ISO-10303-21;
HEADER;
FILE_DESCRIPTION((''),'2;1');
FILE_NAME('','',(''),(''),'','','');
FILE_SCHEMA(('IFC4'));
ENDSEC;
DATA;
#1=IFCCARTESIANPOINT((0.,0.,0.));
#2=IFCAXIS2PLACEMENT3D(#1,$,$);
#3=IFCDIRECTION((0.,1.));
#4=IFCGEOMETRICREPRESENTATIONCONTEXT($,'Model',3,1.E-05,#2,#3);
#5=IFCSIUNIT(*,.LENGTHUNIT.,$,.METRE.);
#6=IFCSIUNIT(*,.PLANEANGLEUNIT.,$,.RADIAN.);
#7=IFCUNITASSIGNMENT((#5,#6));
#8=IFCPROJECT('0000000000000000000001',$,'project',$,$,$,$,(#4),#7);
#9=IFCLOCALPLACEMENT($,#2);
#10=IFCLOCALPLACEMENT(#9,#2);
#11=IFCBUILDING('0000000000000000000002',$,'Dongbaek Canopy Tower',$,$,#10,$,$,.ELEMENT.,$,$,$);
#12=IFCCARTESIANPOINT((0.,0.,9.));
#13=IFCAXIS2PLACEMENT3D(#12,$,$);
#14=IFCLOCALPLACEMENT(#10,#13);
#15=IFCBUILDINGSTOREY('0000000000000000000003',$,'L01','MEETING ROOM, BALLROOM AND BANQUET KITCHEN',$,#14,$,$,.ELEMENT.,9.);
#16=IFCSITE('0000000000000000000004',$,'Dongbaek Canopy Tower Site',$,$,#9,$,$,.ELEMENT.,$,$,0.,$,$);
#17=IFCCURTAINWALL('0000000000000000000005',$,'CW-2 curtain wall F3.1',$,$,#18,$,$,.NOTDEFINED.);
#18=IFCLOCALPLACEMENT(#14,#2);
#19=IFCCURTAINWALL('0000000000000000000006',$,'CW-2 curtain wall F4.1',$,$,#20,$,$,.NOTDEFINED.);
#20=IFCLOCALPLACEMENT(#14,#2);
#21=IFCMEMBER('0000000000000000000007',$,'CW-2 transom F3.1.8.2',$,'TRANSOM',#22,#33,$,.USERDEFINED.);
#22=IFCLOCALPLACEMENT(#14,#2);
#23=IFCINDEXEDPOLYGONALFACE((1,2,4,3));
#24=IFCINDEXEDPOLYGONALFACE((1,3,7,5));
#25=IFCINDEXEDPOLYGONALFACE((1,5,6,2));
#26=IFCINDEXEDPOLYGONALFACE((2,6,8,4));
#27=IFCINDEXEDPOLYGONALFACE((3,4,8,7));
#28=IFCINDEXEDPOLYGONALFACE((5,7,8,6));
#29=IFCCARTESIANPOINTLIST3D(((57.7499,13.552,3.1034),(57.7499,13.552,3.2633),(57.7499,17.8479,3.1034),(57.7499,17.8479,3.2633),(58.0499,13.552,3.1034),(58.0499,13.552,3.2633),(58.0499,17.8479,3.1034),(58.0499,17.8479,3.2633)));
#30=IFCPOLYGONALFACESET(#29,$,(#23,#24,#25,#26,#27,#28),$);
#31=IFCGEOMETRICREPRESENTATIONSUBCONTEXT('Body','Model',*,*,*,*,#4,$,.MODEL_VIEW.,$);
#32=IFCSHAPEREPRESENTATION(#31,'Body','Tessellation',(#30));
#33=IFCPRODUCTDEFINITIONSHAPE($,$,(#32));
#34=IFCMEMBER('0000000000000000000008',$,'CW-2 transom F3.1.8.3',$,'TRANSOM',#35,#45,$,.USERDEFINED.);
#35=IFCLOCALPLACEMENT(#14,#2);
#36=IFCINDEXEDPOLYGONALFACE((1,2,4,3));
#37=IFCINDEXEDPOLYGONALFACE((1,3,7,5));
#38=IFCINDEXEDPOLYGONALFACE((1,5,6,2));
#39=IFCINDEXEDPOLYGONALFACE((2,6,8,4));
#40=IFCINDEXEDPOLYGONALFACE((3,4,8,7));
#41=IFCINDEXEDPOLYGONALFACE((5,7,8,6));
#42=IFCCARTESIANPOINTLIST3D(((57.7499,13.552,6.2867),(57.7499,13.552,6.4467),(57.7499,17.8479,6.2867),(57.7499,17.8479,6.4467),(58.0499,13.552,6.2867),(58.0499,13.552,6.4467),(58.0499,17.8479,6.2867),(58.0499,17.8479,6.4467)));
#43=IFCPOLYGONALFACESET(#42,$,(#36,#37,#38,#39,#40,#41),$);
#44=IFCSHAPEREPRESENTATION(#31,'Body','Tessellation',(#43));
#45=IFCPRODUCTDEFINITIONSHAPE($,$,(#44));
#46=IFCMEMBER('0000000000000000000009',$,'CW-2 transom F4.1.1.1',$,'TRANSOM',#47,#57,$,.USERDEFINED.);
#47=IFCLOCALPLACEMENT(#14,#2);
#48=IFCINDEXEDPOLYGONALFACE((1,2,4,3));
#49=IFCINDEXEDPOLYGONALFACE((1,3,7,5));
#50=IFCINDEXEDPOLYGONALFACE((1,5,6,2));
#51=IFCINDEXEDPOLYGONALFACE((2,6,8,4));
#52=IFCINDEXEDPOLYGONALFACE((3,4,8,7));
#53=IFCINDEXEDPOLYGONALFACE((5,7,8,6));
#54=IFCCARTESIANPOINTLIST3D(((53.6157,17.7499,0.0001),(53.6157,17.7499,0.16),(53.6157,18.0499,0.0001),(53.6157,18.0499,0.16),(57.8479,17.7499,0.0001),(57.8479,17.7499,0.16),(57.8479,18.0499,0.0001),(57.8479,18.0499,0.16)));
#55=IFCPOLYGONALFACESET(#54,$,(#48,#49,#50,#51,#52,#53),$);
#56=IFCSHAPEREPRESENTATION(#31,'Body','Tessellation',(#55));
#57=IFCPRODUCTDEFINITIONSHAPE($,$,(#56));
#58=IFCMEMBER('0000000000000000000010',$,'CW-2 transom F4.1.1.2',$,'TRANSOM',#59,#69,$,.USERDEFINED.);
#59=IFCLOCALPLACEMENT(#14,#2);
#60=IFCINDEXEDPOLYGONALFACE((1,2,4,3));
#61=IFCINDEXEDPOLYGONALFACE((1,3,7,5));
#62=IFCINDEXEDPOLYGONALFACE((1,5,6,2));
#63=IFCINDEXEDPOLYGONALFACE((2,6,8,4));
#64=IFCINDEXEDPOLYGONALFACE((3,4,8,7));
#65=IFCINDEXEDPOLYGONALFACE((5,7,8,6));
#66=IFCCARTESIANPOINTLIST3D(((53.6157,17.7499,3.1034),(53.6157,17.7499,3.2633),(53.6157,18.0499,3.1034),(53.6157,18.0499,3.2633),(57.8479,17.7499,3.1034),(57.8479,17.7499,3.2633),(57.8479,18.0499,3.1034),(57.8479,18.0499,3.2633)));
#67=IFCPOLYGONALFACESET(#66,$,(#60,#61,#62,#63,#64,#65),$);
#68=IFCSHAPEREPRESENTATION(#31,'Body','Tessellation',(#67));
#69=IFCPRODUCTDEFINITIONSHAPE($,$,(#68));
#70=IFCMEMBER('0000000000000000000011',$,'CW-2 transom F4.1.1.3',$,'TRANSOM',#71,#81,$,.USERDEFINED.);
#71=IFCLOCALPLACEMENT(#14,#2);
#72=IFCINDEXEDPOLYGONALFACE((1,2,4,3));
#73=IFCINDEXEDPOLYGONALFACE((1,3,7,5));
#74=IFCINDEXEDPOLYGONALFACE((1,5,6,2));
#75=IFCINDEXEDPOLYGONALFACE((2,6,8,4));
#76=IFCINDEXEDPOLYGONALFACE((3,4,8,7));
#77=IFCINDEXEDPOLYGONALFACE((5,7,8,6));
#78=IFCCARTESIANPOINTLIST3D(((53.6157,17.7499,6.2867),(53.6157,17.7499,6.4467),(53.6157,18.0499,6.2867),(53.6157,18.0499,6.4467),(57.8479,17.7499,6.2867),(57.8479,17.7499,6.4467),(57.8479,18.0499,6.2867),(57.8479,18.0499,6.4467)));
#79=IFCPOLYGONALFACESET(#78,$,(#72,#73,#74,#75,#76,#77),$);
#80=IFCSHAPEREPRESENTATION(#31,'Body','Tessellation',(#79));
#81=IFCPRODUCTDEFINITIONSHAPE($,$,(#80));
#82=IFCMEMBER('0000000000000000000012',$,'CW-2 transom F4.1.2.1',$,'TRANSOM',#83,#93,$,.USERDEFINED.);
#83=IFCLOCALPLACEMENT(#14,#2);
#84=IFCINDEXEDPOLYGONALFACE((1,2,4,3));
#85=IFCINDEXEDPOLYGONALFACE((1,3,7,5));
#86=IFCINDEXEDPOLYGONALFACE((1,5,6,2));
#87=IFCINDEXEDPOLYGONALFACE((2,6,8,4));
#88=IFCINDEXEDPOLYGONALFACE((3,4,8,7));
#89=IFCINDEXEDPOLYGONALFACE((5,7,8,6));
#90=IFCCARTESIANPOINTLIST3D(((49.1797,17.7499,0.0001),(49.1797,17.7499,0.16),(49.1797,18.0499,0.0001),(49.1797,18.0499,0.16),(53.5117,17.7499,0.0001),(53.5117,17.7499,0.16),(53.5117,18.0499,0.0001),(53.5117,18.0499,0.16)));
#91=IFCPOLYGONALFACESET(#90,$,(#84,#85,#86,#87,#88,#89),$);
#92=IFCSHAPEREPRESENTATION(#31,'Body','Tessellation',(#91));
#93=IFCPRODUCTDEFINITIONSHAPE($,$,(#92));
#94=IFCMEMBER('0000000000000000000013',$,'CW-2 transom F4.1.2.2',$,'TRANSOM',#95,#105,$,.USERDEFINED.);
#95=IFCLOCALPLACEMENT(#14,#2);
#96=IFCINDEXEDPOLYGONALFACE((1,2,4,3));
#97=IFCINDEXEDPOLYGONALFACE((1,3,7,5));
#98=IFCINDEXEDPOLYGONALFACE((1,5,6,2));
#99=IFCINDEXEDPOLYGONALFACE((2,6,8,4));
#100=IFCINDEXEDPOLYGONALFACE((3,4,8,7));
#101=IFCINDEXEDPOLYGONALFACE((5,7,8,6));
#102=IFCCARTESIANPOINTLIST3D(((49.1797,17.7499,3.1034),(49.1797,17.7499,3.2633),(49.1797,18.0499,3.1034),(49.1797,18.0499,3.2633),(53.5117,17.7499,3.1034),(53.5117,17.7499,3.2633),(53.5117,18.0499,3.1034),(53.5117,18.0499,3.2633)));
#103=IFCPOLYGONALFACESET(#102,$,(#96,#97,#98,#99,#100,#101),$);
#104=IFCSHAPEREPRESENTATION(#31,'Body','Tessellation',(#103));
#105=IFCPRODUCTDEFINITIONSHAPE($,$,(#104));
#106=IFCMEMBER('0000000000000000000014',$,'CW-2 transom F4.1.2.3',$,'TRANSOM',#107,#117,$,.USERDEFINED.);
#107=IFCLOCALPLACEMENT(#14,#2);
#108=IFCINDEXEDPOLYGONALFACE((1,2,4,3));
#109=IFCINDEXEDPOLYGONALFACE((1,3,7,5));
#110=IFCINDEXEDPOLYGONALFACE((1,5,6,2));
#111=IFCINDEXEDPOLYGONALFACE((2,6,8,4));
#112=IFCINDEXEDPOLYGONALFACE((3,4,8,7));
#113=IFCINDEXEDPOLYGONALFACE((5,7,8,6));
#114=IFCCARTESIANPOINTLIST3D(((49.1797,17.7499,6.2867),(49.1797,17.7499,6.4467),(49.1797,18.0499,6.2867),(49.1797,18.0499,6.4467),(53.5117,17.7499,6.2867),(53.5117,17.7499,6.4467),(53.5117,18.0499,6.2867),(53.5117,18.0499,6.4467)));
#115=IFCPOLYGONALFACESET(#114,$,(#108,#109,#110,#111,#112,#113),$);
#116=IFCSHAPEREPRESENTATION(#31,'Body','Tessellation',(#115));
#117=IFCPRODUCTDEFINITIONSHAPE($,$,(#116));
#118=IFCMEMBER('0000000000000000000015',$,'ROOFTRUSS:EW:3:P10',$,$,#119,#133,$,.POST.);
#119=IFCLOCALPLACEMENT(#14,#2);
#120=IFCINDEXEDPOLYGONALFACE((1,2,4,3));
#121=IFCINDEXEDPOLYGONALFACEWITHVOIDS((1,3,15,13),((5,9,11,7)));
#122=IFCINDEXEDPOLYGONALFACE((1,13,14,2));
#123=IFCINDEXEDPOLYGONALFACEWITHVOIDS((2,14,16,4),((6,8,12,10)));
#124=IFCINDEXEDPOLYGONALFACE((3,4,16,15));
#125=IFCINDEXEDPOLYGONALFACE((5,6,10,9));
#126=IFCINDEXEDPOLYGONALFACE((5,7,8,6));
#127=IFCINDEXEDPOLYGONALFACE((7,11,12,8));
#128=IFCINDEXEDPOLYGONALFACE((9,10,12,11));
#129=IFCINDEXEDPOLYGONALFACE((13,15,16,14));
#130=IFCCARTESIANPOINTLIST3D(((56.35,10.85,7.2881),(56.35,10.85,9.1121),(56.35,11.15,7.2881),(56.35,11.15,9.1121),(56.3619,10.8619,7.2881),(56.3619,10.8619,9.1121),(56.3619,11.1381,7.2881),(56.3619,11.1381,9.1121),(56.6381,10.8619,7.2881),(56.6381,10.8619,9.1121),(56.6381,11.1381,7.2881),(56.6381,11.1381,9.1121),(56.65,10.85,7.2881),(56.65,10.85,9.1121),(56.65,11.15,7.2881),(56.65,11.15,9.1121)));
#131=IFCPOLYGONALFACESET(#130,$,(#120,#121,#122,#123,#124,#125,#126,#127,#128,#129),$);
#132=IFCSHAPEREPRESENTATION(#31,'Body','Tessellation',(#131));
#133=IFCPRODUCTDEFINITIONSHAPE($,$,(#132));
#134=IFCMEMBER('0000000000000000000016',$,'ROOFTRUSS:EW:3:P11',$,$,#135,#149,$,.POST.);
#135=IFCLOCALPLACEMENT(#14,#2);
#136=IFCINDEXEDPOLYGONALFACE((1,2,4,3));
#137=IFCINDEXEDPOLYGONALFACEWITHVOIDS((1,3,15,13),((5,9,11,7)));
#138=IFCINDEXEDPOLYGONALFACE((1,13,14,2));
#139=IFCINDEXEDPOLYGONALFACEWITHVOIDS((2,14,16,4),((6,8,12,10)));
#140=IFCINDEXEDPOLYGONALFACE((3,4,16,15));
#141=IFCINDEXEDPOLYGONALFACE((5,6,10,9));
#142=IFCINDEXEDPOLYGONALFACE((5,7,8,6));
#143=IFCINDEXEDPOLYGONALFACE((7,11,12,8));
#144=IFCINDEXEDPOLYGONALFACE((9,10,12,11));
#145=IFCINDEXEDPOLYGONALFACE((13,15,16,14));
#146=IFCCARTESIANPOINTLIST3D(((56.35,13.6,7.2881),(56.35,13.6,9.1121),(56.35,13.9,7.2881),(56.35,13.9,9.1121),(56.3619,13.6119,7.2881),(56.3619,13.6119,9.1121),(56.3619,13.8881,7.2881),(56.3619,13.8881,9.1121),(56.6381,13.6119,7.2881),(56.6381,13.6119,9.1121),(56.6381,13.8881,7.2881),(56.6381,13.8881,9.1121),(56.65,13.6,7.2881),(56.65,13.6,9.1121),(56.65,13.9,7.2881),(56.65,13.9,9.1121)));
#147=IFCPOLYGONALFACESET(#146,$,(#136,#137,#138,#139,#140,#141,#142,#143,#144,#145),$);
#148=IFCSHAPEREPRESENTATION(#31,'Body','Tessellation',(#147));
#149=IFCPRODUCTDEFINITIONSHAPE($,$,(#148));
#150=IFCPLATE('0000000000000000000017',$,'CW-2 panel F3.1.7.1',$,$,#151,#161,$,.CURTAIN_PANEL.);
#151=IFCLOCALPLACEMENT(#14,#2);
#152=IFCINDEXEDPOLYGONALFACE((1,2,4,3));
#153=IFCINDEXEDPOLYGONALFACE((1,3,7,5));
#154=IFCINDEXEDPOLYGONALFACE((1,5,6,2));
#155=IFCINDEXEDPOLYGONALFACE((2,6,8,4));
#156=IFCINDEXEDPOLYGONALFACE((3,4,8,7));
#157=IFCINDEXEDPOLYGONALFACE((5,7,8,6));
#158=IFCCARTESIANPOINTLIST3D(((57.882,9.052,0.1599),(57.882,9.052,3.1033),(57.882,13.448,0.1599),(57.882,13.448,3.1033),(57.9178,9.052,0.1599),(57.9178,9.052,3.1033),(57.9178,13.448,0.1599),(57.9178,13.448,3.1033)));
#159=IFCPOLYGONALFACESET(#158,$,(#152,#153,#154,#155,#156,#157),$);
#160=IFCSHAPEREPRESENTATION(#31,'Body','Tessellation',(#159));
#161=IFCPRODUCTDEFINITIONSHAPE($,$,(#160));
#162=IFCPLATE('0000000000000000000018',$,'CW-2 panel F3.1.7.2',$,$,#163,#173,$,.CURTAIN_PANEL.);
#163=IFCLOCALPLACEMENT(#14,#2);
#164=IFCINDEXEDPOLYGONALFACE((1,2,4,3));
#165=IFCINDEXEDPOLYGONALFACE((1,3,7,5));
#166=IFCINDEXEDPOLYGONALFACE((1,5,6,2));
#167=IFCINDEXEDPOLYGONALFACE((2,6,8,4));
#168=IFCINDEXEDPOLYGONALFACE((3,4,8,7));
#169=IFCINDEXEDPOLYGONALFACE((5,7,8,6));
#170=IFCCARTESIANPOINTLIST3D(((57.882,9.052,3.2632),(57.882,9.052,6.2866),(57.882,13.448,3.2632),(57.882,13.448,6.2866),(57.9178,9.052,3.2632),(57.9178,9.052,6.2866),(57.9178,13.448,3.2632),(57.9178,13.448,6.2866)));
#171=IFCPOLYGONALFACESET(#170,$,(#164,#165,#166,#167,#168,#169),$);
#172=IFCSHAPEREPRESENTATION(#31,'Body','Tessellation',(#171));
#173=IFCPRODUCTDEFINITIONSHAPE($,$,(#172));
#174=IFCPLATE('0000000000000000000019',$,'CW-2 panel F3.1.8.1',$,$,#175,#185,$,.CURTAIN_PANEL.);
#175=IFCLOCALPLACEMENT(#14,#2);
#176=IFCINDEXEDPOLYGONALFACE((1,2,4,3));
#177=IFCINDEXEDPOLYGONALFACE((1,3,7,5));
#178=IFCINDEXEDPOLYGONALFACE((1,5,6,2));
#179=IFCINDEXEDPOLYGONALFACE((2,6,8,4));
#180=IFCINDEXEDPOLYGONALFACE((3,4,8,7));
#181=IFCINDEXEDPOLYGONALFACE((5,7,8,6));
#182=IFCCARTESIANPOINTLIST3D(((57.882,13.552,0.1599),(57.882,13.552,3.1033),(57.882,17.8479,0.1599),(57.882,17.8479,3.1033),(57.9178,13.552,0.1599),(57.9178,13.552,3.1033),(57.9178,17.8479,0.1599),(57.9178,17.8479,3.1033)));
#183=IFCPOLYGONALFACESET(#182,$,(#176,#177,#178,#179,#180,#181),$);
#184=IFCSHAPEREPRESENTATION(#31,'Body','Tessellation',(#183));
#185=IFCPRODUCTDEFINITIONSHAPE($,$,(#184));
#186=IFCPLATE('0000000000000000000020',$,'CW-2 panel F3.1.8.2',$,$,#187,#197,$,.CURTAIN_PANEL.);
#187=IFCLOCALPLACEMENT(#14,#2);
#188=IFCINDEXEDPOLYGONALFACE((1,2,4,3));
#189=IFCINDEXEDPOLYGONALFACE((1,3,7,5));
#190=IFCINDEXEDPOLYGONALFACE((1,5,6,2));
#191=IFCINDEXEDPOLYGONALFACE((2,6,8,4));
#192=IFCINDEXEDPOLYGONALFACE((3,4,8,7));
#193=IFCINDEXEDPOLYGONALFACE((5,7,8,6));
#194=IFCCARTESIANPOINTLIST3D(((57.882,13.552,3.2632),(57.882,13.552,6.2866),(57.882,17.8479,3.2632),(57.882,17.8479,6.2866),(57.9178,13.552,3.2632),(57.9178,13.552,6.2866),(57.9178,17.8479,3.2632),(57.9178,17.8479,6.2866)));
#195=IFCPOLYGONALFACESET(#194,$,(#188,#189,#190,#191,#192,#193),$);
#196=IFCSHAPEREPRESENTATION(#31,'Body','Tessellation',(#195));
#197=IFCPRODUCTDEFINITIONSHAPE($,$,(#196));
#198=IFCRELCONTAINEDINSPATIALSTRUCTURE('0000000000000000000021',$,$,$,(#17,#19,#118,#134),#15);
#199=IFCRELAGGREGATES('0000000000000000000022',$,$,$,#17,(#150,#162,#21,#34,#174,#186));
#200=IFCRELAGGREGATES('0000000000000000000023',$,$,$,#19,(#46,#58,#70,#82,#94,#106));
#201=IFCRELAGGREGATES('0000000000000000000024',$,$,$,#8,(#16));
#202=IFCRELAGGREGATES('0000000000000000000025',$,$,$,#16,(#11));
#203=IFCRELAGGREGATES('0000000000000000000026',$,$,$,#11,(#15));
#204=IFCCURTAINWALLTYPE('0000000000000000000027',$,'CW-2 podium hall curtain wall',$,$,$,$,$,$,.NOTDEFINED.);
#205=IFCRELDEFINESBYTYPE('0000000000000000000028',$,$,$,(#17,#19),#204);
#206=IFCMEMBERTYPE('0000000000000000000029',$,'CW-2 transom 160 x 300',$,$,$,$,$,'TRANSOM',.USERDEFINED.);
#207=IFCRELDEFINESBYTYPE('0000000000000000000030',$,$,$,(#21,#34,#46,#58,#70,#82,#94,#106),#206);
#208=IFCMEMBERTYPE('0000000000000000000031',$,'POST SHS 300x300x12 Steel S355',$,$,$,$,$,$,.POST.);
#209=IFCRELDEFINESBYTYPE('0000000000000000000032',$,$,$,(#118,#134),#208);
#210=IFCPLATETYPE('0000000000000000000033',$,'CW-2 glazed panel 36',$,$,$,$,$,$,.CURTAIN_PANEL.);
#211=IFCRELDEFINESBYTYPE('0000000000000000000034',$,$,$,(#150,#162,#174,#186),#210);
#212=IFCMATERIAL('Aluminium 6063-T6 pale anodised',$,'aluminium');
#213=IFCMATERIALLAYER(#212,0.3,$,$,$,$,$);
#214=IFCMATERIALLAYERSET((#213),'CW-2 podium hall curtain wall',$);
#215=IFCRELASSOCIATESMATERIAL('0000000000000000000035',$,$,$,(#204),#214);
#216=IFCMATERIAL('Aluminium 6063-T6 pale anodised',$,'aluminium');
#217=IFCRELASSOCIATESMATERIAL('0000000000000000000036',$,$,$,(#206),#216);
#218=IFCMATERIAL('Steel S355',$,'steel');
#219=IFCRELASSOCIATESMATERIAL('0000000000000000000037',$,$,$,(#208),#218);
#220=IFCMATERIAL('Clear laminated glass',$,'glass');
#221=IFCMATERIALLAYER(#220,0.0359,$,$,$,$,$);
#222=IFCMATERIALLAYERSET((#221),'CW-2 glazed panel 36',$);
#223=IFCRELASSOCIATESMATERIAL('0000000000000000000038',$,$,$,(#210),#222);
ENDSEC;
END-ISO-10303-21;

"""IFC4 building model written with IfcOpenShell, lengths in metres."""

from ifc_helpers import new_model, si_unit, direction, frame, origin, origin_2d, place, context, subcontext, project, spatial, rectangle, hollow_rectangle, extrude, material, layer, layer_set, material_profile, profile_set, type_object, element, aggregate, save


model = new_model("IFC4")

# Units and contexts
model_context = context("Model", 3, precision=1e-05, world=origin(), true_north=direction((0.0, 1.0)))
body_context = subcontext(model_context, "Body", "Model", "MODEL_VIEW")
ifc_project = project(units=[si_unit("LENGTHUNIT", "METRE"), si_unit("PLANEANGLEUNIT", "RADIAN")], contexts=[model_context])

# Site, building, storey
site_placement = place(None, origin())
site = spatial("IfcSite", under=ifc_project, at=site_placement, Name="Dongbaek Canopy Tower Site", CompositionType="ELEMENT", RefElevation=0.0)
building_placement = place(site_placement, origin())
building = spatial("IfcBuilding", under=site, at=building_placement, Name="Dongbaek Canopy Tower", CompositionType="ELEMENT")
storey_placement = place(building_placement, frame((0.0, 0.0, 9.0)))
storey = spatial("IfcBuildingStorey", under=building, at=storey_placement, Name="L01", Description="MEETING ROOM, BALLROOM AND BANQUET KITCHEN", CompositionType="ELEMENT", Elevation=9.0)

# Curtain wall
ifc_material_1 = material(Name="Aluminium 6063-T6 pale anodised", Category="aluminium")
ifc_layer_1 = layer(ifc_material_1, 0.3)
ifc_layer_set_1 = layer_set([ifc_layer_1], Name="CW-2 podium hall curtain wall")
curtain_wall_type = type_object("IfcCurtainWallType", Name="CW-2 podium hall curtain wall", PredefinedType="NOTDEFINED", material=ifc_layer_set_1)
curtain_wall_1_placement = place(storey_placement, origin())
curtain_wall_1 = element("IfcCurtainWall", 1, at=curtain_wall_1_placement, inside=storey, type_object=curtain_wall_type, Name="CW-2 curtain wall F3.1", PredefinedType="NOTDEFINED")

# Curtain wall
curtain_wall_2_placement = place(storey_placement, origin())
curtain_wall_2 = element("IfcCurtainWall", 2, at=curtain_wall_2_placement, inside=storey, type_object=curtain_wall_type, Name="CW-2 curtain wall F4.1", PredefinedType="NOTDEFINED")

# Members
ifc_material_2 = material(Name="Aluminium 6063-T6 pale anodised", Category="aluminium")
ifc_material_profile_1 = material_profile(ifc_material_2, rectangle(XDim=0.3, YDim=0.1599, at=origin_2d()), Name="CW-2 transom 160 x 300")
ifc_profile_set_1 = profile_set([ifc_material_profile_1], Name="Aluminium 6063-T6 pale anodised")
member_type_1 = type_object("IfcMemberType", Name="CW-2 transom 160 x 300", ElementType="TRANSOM", PredefinedType="USERDEFINED", material=ifc_profile_set_1)
member_1_placement = place(storey_placement, frame((57.8999, 13.552, 3.1833), z_axis=(0.0, 1.0, 0.0), x_axis=(-1.0, 0.0, 0.0)))
member_1 = element("IfcMember", 3, at=member_1_placement, type_object=member_type_1, Name="CW-2 transom F3.1.8.2", ObjectType="TRANSOM", PredefinedType="USERDEFINED", context=body_context, shape_type="SweptSolid", body=[
    extrude(rectangle(XDim=0.3, YDim=0.1599, at=origin_2d()), origin(), (0.0, 0.0, 1.0), 4.2959),
])
member_2_placement = place(storey_placement, frame((57.8999, 13.552, 6.3667), z_axis=(0.0, 1.0, 0.0), x_axis=(-1.0, 0.0, 0.0)))
member_2 = element("IfcMember", 4, at=member_2_placement, type_object=member_type_1, Name="CW-2 transom F3.1.8.3", ObjectType="TRANSOM", PredefinedType="USERDEFINED", context=body_context, shape_type="SweptSolid", body=[
    extrude(rectangle(XDim=0.3, YDim=0.1599, at=origin_2d()), origin(), (0.0, 0.0, 1.0), 4.2959),
])
member_3_placement = place(storey_placement, frame((57.8479, 17.8999, 0.0801), z_axis=(-1.0, 0.0, 0.0), x_axis=(0.0, -1.0, 0.0)))
member_3 = element("IfcMember", 5, at=member_3_placement, type_object=member_type_1, Name="CW-2 transom F4.1.1.1", ObjectType="TRANSOM", PredefinedType="USERDEFINED", context=body_context, shape_type="SweptSolid", body=[
    extrude(rectangle(XDim=0.3, YDim=0.1599, at=origin_2d()), origin(), (0.0, 0.0, 1.0), 4.2322),
])
member_4_placement = place(storey_placement, frame((57.8479, 17.8999, 3.1833), z_axis=(-1.0, 0.0, 0.0), x_axis=(0.0, -1.0, 0.0)))
member_4 = element("IfcMember", 6, at=member_4_placement, type_object=member_type_1, Name="CW-2 transom F4.1.1.2", ObjectType="TRANSOM", PredefinedType="USERDEFINED", context=body_context, shape_type="SweptSolid", body=[
    extrude(rectangle(XDim=0.3, YDim=0.1599, at=origin_2d()), origin(), (0.0, 0.0, 1.0), 4.2322),
])
member_5_placement = place(storey_placement, frame((57.8479, 17.8999, 6.3667), z_axis=(-1.0, 0.0, 0.0), x_axis=(0.0, -1.0, 0.0)))
member_5 = element("IfcMember", 7, at=member_5_placement, type_object=member_type_1, Name="CW-2 transom F4.1.1.3", ObjectType="TRANSOM", PredefinedType="USERDEFINED", context=body_context, shape_type="SweptSolid", body=[
    extrude(rectangle(XDim=0.3, YDim=0.1599, at=origin_2d()), origin(), (0.0, 0.0, 1.0), 4.2322),
])
member_6_placement = place(storey_placement, frame((53.5117, 17.8999, 0.0801), z_axis=(-1.0, 0.0, 0.0), x_axis=(0.0, -1.0, 0.0)))
member_6 = element("IfcMember", 8, at=member_6_placement, type_object=member_type_1, Name="CW-2 transom F4.1.2.1", ObjectType="TRANSOM", PredefinedType="USERDEFINED", context=body_context, shape_type="SweptSolid", body=[
    extrude(rectangle(XDim=0.3, YDim=0.1599, at=origin_2d()), origin(), (0.0, 0.0, 1.0), 4.332),
])
member_7_placement = place(storey_placement, frame((53.5117, 17.8999, 3.1833), z_axis=(-1.0, 0.0, 0.0), x_axis=(0.0, -1.0, 0.0)))
member_7 = element("IfcMember", 9, at=member_7_placement, type_object=member_type_1, Name="CW-2 transom F4.1.2.2", ObjectType="TRANSOM", PredefinedType="USERDEFINED", context=body_context, shape_type="SweptSolid", body=[
    extrude(rectangle(XDim=0.3, YDim=0.1599, at=origin_2d()), origin(), (0.0, 0.0, 1.0), 4.332),
])
member_8_placement = place(storey_placement, frame((53.5117, 17.8999, 6.3667), z_axis=(-1.0, 0.0, 0.0), x_axis=(0.0, -1.0, 0.0)))
member_8 = element("IfcMember", 10, at=member_8_placement, type_object=member_type_1, Name="CW-2 transom F4.1.2.3", ObjectType="TRANSOM", PredefinedType="USERDEFINED", context=body_context, shape_type="SweptSolid", body=[
    extrude(rectangle(XDim=0.3, YDim=0.1599, at=origin_2d()), origin(), (0.0, 0.0, 1.0), 4.332),
])

# Members
ifc_material_3 = material(Name="Steel S355", Category="steel")
ifc_material_profile_2 = material_profile(ifc_material_3, hollow_rectangle(XDim=0.3, YDim=0.3, WallThickness=0.012, at=origin_2d()), Name="POST SHS 300x300x12 Steel S355")
ifc_profile_set_2 = profile_set([ifc_material_profile_2], Name="Steel S355")
member_type_2 = type_object("IfcMemberType", Name="POST SHS 300x300x12 Steel S355", PredefinedType="POST", material=ifc_profile_set_2)
for number, where, z_axis, x_axis, name in (
    (11, (56.5, 11.0, 7.2881), (0.0, 0.0, 1.0), (1.0, 0.0, 0.0), "ROOFTRUSS:EW:3:P10"),
    (12, (56.5, 13.75, 7.2881), (0.0, 0.0, 1.0), (1.0, 0.0, 0.0), "ROOFTRUSS:EW:3:P11"),
):
    element("IfcMember", number, at=place(storey_placement, frame(where, z_axis=z_axis, x_axis=x_axis)), inside=storey, type_object=member_type_2, Name=name, PredefinedType="POST", context=body_context, shape_type="SweptSolid", body=[
        extrude(hollow_rectangle(XDim=0.3, YDim=0.3, WallThickness=0.012, at=origin_2d()), origin(), (0.0, 0.0, 1.0), 1.824),
    ])

# Plates
ifc_material_4 = material(Name="Clear laminated glass", Category="glass")
ifc_layer_2 = layer(ifc_material_4, 0.0359)
ifc_layer_set_2 = layer_set([ifc_layer_2], Name="CW-2 glazed panel 36")
plate_type_1 = type_object("IfcPlateType", Name="CW-2 glazed panel 36", PredefinedType="CURTAIN_PANEL", material=ifc_layer_set_2)
plate_1_placement = place(storey_placement, frame((57.8999, 11.25, 0.1599), z_axis=(0.0, 0.0, 1.0), x_axis=(0.0, 1.0, 0.0)))
plate_1 = element("IfcPlate", 13, at=plate_1_placement, type_object=plate_type_1, Name="CW-2 panel F3.1.7.1", PredefinedType="CURTAIN_PANEL", context=body_context, shape_type="SweptSolid", body=[
    extrude(rectangle(XDim=4.396, YDim=0.0359, at=origin_2d()), origin(), (0.0, 0.0, 1.0), 2.9434),
])
plate_2_placement = place(storey_placement, frame((57.8999, 11.25, 3.2632), z_axis=(0.0, 0.0, 1.0), x_axis=(0.0, 1.0, 0.0)))
plate_2 = element("IfcPlate", 14, at=plate_2_placement, type_object=plate_type_1, Name="CW-2 panel F3.1.7.2", PredefinedType="CURTAIN_PANEL", context=body_context, shape_type="SweptSolid", body=[
    extrude(rectangle(XDim=4.396, YDim=0.0359, at=origin_2d()), origin(), (0.0, 0.0, 1.0), 3.0234),
])
plate_3_placement = place(storey_placement, frame((57.8999, 15.7, 0.1599), z_axis=(0.0, 0.0, 1.0), x_axis=(0.0, 1.0, 0.0)))
plate_3 = element("IfcPlate", 15, at=plate_3_placement, type_object=plate_type_1, Name="CW-2 panel F3.1.8.1", PredefinedType="CURTAIN_PANEL", context=body_context, shape_type="SweptSolid", body=[
    extrude(rectangle(XDim=4.2959, YDim=0.0359, at=origin_2d()), origin(), (0.0, 0.0, 1.0), 2.9434),
])
plate_4_placement = place(storey_placement, frame((57.8999, 15.7, 3.2632), z_axis=(0.0, 0.0, 1.0), x_axis=(0.0, 1.0, 0.0)))
plate_4 = element("IfcPlate", 16, at=plate_4_placement, type_object=plate_type_1, Name="CW-2 panel F3.1.8.2", PredefinedType="CURTAIN_PANEL", context=body_context, shape_type="SweptSolid", body=[
    extrude(rectangle(XDim=4.2959, YDim=0.0359, at=origin_2d()), origin(), (0.0, 0.0, 1.0), 3.0234),
])
aggregate(curtain_wall_1, [plate_1, plate_2, member_1, member_2, plate_3, plate_4])
aggregate(curtain_wall_2, [member_3, member_4, member_5, member_6, member_7, member_8])

save(model, "model.ifc")
